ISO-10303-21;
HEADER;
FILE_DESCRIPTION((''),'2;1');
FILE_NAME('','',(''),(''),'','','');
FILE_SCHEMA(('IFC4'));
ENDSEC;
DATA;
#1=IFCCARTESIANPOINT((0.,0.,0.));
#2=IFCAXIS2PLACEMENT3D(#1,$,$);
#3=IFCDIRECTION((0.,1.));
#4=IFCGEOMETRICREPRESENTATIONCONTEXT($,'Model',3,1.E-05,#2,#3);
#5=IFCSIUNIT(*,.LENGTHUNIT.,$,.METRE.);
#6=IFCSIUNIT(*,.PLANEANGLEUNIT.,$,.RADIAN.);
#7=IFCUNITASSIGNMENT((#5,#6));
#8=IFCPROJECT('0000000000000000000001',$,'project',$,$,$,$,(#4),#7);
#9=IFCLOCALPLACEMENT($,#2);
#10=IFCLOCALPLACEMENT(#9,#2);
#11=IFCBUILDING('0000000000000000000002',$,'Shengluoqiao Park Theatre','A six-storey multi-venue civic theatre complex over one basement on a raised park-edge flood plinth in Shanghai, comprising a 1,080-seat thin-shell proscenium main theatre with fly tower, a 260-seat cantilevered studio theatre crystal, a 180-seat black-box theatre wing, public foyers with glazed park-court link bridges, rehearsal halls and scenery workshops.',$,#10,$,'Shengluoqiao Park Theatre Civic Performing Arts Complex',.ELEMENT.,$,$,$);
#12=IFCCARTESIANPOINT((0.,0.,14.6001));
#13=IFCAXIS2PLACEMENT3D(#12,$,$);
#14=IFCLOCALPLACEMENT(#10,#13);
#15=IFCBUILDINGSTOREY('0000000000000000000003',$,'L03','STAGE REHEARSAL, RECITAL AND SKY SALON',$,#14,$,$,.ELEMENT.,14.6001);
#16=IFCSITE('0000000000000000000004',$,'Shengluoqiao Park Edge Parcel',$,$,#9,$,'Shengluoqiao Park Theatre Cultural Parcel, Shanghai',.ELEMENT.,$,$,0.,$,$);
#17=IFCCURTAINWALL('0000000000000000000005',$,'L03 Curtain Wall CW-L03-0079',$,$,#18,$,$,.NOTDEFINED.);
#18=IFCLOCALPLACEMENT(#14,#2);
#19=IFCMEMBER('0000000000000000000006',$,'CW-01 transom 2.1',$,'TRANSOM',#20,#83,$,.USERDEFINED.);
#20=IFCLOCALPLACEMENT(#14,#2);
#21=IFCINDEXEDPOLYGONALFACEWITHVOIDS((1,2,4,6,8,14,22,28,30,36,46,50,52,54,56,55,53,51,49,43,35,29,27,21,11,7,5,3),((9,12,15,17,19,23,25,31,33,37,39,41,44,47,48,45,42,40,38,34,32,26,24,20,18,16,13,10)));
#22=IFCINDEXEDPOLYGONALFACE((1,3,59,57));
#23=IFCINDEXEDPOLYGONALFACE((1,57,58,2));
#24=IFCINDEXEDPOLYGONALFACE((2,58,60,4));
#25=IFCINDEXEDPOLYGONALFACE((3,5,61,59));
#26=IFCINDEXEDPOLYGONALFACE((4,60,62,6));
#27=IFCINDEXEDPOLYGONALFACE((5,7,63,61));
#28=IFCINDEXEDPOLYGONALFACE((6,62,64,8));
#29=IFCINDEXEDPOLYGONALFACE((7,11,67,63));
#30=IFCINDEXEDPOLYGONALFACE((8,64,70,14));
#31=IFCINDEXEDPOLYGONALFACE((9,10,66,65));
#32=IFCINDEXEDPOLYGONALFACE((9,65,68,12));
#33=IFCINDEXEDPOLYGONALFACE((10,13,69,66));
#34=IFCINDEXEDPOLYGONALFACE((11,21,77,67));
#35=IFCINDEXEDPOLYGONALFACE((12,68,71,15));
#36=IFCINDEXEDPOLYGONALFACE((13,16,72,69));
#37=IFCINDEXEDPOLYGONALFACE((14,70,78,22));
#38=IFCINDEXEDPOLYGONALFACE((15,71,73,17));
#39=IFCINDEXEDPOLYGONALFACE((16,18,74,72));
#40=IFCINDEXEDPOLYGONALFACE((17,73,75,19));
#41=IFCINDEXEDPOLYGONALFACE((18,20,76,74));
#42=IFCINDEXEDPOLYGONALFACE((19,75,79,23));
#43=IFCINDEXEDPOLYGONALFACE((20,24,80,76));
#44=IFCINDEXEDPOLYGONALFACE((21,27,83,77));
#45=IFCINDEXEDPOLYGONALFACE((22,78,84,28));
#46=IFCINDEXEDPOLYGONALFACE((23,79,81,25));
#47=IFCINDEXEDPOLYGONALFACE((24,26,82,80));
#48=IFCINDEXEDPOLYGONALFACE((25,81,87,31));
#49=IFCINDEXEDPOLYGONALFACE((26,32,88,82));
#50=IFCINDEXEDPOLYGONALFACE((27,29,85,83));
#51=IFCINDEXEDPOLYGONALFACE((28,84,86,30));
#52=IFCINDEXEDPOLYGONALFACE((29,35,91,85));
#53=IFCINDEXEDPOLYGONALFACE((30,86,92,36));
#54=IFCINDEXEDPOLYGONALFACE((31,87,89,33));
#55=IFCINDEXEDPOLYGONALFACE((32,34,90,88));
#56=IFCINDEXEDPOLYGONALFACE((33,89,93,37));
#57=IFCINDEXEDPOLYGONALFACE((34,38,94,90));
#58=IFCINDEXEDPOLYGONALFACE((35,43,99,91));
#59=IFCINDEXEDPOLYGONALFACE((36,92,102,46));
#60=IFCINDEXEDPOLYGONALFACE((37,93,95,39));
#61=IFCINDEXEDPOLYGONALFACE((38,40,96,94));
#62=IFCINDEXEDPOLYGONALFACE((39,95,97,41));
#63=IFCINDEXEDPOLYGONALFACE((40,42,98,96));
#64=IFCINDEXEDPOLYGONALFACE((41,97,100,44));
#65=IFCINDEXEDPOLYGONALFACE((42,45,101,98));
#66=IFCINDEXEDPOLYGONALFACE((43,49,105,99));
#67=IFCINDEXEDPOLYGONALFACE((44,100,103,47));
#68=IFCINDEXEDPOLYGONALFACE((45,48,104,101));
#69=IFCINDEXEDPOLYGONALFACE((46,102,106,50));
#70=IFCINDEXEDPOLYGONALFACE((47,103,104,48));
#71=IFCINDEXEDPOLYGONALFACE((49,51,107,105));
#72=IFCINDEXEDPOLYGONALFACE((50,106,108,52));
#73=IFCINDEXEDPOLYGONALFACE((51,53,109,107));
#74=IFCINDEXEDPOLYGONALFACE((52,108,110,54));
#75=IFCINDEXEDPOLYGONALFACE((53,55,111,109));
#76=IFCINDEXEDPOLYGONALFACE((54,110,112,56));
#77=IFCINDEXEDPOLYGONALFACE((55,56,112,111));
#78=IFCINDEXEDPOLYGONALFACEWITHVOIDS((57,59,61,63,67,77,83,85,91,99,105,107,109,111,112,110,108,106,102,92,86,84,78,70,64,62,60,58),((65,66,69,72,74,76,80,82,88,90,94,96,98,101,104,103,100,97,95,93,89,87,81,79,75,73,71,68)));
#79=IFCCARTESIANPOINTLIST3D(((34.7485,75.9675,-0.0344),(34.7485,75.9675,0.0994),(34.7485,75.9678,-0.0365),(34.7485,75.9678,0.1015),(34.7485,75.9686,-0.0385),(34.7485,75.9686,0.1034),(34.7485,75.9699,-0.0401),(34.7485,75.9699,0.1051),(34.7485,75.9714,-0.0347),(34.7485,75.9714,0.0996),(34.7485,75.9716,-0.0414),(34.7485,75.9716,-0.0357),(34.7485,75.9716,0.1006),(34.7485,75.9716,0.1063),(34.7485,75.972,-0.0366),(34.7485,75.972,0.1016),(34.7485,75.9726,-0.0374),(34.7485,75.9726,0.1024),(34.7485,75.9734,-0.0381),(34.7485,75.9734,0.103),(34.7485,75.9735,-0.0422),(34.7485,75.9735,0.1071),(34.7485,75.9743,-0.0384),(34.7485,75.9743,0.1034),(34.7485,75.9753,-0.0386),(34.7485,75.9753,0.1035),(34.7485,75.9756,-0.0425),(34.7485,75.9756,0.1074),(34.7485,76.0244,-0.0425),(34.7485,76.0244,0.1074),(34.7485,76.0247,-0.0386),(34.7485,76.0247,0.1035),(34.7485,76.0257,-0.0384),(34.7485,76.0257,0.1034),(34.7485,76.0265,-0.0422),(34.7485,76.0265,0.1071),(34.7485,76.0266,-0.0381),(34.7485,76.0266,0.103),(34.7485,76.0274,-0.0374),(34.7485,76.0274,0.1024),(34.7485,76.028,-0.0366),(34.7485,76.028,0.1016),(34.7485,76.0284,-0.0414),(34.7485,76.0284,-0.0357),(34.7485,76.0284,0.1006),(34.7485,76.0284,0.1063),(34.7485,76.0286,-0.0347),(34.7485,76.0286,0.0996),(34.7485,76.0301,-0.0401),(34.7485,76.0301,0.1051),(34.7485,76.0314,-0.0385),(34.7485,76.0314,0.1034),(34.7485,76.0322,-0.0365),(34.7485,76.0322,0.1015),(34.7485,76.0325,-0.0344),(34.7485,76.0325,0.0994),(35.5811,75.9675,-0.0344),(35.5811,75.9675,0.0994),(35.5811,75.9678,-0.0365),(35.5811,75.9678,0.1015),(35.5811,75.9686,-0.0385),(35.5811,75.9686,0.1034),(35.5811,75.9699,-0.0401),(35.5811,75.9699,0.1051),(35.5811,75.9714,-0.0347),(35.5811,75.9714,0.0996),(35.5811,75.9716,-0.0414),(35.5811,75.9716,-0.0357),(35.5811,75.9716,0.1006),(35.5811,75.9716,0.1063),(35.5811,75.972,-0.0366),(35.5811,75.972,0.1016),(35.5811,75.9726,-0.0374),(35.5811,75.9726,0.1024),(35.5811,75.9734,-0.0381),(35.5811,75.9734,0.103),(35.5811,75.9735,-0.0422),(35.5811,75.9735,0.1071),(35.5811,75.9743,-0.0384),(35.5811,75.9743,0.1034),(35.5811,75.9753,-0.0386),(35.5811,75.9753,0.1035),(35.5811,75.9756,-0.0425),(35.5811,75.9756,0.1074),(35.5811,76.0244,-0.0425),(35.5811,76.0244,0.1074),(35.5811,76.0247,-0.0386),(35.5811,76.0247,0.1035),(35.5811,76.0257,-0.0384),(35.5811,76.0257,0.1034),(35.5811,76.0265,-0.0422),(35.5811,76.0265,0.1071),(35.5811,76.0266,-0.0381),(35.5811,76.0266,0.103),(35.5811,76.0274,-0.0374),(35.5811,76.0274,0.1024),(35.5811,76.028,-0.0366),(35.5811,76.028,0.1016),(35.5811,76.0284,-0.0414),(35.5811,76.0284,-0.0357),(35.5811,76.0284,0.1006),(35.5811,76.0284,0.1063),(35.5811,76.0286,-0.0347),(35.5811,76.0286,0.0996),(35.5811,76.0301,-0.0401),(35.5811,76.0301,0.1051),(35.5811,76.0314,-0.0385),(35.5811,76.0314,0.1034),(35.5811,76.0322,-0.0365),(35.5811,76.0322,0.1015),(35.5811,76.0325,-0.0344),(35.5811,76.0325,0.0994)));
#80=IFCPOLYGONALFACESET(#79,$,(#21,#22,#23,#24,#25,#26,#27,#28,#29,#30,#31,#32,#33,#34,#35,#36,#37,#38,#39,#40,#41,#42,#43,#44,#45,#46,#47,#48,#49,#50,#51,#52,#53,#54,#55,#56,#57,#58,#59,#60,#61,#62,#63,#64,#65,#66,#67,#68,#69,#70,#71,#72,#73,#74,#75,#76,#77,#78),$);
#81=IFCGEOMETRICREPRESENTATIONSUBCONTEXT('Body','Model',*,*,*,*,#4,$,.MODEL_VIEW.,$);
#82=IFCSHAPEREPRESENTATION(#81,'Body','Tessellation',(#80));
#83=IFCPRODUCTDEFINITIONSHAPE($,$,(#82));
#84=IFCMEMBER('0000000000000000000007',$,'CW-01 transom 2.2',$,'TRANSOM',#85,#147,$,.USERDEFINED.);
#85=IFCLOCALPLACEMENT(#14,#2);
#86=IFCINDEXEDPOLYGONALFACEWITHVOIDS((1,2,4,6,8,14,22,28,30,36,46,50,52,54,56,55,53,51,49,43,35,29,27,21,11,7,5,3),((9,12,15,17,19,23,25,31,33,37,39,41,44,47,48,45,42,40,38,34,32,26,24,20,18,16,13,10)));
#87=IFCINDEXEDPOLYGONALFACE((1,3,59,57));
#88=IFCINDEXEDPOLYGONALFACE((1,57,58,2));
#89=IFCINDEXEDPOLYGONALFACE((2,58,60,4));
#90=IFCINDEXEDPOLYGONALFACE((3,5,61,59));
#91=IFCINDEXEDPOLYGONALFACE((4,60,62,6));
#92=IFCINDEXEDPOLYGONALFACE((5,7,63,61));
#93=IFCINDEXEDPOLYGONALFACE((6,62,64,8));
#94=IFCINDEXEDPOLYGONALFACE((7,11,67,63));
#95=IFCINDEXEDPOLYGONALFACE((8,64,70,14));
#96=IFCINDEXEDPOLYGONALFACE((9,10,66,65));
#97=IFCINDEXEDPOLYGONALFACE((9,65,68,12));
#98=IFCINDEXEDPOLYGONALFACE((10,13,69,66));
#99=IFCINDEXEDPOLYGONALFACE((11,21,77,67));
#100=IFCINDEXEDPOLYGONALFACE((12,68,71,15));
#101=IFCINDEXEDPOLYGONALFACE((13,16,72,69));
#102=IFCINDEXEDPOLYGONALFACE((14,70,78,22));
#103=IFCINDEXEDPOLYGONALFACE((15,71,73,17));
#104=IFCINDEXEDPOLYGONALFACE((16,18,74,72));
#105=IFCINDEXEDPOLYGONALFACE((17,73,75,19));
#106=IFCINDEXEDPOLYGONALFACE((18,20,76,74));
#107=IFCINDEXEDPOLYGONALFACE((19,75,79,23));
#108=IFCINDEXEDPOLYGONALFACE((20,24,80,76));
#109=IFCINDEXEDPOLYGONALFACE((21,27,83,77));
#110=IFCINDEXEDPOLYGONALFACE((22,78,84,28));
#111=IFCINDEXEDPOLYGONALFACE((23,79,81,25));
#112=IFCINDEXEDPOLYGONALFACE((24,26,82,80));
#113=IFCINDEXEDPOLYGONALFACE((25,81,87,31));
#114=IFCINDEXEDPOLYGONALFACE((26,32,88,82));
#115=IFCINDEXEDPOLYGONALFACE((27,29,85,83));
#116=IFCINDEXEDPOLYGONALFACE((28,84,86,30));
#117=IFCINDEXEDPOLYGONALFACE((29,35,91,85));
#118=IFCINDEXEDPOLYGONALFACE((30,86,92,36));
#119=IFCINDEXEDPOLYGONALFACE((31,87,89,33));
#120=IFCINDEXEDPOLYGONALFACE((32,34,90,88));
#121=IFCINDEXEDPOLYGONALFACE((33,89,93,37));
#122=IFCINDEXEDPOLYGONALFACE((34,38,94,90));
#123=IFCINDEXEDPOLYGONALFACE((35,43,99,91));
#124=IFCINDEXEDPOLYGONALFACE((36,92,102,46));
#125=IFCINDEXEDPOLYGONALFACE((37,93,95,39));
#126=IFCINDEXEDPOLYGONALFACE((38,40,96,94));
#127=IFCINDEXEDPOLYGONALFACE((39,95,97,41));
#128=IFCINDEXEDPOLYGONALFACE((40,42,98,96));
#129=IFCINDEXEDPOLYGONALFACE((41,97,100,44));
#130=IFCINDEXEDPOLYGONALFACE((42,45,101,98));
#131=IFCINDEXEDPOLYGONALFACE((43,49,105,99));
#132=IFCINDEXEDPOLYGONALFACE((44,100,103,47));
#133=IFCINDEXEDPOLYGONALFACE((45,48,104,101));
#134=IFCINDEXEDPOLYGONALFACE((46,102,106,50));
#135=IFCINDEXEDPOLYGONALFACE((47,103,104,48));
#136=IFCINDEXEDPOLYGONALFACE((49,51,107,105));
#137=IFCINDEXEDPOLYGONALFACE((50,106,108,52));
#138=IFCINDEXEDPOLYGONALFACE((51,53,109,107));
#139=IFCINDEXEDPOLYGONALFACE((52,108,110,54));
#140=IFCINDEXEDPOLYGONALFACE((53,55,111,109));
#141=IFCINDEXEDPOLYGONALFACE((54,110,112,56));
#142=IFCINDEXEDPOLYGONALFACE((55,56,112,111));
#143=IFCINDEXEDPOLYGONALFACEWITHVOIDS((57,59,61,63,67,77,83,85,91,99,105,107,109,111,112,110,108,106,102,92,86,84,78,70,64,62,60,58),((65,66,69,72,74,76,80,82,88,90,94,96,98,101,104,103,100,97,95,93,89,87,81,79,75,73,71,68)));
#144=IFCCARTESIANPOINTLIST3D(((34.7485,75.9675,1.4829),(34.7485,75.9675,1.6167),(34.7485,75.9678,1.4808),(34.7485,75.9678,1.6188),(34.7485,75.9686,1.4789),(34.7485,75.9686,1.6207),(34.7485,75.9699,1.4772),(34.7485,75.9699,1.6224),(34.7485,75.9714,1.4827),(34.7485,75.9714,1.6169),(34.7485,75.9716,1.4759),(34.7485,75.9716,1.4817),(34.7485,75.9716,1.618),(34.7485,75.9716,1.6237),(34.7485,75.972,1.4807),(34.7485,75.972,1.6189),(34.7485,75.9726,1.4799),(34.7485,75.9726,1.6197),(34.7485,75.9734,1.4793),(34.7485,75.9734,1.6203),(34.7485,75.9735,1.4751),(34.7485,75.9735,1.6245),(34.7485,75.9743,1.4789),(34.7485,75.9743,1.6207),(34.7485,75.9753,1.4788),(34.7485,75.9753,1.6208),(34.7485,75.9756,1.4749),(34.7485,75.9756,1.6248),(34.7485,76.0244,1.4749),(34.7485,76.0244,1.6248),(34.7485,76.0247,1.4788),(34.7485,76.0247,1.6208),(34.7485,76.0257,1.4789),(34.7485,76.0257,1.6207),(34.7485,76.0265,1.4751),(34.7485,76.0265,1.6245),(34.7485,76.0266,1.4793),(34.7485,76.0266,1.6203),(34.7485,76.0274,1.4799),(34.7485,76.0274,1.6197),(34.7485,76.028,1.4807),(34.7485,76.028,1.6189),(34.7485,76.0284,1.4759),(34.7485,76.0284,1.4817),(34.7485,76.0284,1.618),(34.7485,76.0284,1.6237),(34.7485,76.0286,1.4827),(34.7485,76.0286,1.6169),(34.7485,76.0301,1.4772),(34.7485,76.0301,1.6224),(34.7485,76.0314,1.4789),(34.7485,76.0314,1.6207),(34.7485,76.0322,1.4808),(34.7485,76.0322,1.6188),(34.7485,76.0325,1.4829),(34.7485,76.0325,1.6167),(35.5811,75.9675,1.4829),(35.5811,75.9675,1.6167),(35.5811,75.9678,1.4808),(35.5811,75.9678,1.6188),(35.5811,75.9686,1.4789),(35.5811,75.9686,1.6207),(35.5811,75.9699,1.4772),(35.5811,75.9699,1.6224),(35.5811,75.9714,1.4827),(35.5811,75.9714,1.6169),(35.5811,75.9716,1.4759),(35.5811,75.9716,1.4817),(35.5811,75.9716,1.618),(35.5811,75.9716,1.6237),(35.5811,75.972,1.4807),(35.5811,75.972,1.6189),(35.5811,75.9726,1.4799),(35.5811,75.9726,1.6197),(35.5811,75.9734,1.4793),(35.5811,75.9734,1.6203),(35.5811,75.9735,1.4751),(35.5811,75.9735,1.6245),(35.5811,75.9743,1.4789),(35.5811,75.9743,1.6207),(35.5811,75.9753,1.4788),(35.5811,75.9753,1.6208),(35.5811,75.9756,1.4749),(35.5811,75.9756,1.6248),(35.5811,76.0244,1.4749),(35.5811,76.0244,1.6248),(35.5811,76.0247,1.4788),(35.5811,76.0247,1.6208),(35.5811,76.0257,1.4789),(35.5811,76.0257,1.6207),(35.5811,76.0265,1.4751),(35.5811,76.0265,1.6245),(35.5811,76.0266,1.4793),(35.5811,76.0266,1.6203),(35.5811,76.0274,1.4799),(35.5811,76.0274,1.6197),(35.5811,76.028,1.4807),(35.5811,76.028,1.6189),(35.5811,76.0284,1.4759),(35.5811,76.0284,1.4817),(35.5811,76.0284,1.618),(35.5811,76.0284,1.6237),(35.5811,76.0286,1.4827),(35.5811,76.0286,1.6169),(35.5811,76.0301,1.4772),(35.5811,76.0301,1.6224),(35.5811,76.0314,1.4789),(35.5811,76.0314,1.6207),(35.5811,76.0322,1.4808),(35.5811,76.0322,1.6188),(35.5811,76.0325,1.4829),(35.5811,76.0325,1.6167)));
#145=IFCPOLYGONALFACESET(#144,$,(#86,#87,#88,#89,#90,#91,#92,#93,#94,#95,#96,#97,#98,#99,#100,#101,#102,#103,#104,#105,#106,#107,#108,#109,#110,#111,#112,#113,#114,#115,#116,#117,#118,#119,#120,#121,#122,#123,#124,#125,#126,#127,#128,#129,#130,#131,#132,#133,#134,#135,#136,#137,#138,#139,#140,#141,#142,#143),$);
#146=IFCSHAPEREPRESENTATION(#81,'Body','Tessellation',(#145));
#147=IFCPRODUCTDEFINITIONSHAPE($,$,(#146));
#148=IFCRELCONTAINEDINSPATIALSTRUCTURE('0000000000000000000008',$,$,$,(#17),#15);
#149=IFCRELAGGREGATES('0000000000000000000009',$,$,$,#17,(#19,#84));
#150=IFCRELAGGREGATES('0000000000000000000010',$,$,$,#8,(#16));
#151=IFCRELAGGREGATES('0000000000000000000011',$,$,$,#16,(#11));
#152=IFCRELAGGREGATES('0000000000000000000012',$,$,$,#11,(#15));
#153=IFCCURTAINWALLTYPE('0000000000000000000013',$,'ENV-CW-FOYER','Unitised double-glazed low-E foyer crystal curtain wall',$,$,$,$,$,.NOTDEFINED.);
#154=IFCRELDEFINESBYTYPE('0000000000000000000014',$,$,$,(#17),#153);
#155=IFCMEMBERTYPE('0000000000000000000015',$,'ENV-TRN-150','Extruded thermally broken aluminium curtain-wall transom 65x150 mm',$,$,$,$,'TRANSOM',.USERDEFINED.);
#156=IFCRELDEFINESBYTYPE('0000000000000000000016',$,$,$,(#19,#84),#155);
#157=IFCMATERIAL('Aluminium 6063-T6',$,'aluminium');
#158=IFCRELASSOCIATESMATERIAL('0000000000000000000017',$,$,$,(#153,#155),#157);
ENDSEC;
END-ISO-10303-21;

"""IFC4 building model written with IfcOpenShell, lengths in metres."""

from ifc_helpers import new_model, si_unit, direction, frame, origin, origin_2d, place, context, subcontext, project, spatial, hollow_rectangle, extrude, material, material_profile, profile_set, type_object, element, aggregate, save


model = new_model("IFC4")

# Units and contexts
model_context = context("Model", 3, precision=1e-05, world=origin(), true_north=direction((0.0, 1.0)))
body_context = subcontext(model_context, "Body", "Model", "MODEL_VIEW")
ifc_project = project(units=[si_unit("LENGTHUNIT", "METRE"), si_unit("PLANEANGLEUNIT", "RADIAN")], contexts=[model_context])

# Site, building, storey
site_placement = place(None, origin())
site = spatial("IfcSite", under=ifc_project, at=site_placement, Name="Shengluoqiao Park Edge Parcel", LongName="Shengluoqiao Park Theatre Cultural Parcel, Shanghai", CompositionType="ELEMENT", RefElevation=0.0)
building_placement = place(site_placement, origin())
building = spatial("IfcBuilding", under=site, at=building_placement, Name="Shengluoqiao Park Theatre", Description="A six-storey multi-venue civic theatre complex over one basement on a raised park-edge flood plinth in Shanghai, comprising a 1,080-seat thin-shell proscenium main theatre with fly tower, a 260-seat cantilevered studio theatre crystal, a 180-seat black-box theatre wing, public foyers with glazed park-court link bridges, rehearsal halls and scenery workshops.", LongName="Shengluoqiao Park Theatre Civic Performing Arts Complex", CompositionType="ELEMENT")
storey_placement = place(building_placement, frame((0.0, 0.0, 14.6001)))
storey = spatial("IfcBuildingStorey", under=building, at=storey_placement, Name="L03", Description="STAGE REHEARSAL, RECITAL AND SKY SALON", CompositionType="ELEMENT", Elevation=14.6001)

# Curtain wall
ifc_material_1 = material(Name="Aluminium 6063-T6", Category="aluminium")
curtain_wall_type = type_object("IfcCurtainWallType", Name="ENV-CW-FOYER", Description="Unitised double-glazed low-E foyer crystal curtain wall", PredefinedType="NOTDEFINED", material=ifc_material_1)
curtain_wall_1_placement = place(storey_placement, origin())
curtain_wall_1 = element("IfcCurtainWall", 1, at=curtain_wall_1_placement, inside=storey, type_object=curtain_wall_type, Name="L03 Curtain Wall CW-L03-0079", PredefinedType="NOTDEFINED")

# Members
ifc_material_profile_1 = material_profile(ifc_material_1, hollow_rectangle(XDim=0.0649, YDim=0.1499, WallThickness=0.0039, InnerFilletRadius=0.0039, OuterFilletRadius=0.0081, at=origin_2d()), Name="ALU TRANSOM 150x65x4")
ifc_profile_set_1 = profile_set([ifc_material_profile_1], Name="Aluminium 6063-T6")
member_type_1 = type_object("IfcMemberType", Name="ENV-TRN-150", Description="Extruded thermally broken aluminium curtain-wall transom 65x150 mm", ElementType="TRANSOM", PredefinedType="USERDEFINED", material=ifc_profile_set_1)
member_1_placement = place(storey_placement, frame((34.7485, 76.0, 0.0325), z_axis=(1.0, 0.0, 0.0), x_axis=(0.0, 1.0, 0.0)))
member_1 = element("IfcMember", 2, at=member_1_placement, type_object=member_type_1, Name="CW-01 transom 2.1", ObjectType="TRANSOM", PredefinedType="USERDEFINED", context=body_context, shape_type="SweptSolid", body=[
    extrude(hollow_rectangle(XDim=0.0649, YDim=0.1499, WallThickness=0.0039, InnerFilletRadius=0.0039, OuterFilletRadius=0.0081, at=origin_2d()), origin(), (0.0, 0.0, 1.0), 0.8325),
])
member_2_placement = place(storey_placement, frame((34.7485, 76.0, 1.5498), z_axis=(1.0, 0.0, 0.0), x_axis=(0.0, 1.0, 0.0)))
member_2 = element("IfcMember", 3, at=member_2_placement, type_object=member_type_1, Name="CW-01 transom 2.2", ObjectType="TRANSOM", PredefinedType="USERDEFINED", context=body_context, shape_type="SweptSolid", body=[
    extrude(hollow_rectangle(XDim=0.0649, YDim=0.1499, WallThickness=0.0039, InnerFilletRadius=0.0039, OuterFilletRadius=0.0081, at=origin_2d()), origin(), (0.0, 0.0, 1.0), 0.8325),
])

aggregate(curtain_wall_1, [member_1, member_2])

save(model, "model.ifc")
